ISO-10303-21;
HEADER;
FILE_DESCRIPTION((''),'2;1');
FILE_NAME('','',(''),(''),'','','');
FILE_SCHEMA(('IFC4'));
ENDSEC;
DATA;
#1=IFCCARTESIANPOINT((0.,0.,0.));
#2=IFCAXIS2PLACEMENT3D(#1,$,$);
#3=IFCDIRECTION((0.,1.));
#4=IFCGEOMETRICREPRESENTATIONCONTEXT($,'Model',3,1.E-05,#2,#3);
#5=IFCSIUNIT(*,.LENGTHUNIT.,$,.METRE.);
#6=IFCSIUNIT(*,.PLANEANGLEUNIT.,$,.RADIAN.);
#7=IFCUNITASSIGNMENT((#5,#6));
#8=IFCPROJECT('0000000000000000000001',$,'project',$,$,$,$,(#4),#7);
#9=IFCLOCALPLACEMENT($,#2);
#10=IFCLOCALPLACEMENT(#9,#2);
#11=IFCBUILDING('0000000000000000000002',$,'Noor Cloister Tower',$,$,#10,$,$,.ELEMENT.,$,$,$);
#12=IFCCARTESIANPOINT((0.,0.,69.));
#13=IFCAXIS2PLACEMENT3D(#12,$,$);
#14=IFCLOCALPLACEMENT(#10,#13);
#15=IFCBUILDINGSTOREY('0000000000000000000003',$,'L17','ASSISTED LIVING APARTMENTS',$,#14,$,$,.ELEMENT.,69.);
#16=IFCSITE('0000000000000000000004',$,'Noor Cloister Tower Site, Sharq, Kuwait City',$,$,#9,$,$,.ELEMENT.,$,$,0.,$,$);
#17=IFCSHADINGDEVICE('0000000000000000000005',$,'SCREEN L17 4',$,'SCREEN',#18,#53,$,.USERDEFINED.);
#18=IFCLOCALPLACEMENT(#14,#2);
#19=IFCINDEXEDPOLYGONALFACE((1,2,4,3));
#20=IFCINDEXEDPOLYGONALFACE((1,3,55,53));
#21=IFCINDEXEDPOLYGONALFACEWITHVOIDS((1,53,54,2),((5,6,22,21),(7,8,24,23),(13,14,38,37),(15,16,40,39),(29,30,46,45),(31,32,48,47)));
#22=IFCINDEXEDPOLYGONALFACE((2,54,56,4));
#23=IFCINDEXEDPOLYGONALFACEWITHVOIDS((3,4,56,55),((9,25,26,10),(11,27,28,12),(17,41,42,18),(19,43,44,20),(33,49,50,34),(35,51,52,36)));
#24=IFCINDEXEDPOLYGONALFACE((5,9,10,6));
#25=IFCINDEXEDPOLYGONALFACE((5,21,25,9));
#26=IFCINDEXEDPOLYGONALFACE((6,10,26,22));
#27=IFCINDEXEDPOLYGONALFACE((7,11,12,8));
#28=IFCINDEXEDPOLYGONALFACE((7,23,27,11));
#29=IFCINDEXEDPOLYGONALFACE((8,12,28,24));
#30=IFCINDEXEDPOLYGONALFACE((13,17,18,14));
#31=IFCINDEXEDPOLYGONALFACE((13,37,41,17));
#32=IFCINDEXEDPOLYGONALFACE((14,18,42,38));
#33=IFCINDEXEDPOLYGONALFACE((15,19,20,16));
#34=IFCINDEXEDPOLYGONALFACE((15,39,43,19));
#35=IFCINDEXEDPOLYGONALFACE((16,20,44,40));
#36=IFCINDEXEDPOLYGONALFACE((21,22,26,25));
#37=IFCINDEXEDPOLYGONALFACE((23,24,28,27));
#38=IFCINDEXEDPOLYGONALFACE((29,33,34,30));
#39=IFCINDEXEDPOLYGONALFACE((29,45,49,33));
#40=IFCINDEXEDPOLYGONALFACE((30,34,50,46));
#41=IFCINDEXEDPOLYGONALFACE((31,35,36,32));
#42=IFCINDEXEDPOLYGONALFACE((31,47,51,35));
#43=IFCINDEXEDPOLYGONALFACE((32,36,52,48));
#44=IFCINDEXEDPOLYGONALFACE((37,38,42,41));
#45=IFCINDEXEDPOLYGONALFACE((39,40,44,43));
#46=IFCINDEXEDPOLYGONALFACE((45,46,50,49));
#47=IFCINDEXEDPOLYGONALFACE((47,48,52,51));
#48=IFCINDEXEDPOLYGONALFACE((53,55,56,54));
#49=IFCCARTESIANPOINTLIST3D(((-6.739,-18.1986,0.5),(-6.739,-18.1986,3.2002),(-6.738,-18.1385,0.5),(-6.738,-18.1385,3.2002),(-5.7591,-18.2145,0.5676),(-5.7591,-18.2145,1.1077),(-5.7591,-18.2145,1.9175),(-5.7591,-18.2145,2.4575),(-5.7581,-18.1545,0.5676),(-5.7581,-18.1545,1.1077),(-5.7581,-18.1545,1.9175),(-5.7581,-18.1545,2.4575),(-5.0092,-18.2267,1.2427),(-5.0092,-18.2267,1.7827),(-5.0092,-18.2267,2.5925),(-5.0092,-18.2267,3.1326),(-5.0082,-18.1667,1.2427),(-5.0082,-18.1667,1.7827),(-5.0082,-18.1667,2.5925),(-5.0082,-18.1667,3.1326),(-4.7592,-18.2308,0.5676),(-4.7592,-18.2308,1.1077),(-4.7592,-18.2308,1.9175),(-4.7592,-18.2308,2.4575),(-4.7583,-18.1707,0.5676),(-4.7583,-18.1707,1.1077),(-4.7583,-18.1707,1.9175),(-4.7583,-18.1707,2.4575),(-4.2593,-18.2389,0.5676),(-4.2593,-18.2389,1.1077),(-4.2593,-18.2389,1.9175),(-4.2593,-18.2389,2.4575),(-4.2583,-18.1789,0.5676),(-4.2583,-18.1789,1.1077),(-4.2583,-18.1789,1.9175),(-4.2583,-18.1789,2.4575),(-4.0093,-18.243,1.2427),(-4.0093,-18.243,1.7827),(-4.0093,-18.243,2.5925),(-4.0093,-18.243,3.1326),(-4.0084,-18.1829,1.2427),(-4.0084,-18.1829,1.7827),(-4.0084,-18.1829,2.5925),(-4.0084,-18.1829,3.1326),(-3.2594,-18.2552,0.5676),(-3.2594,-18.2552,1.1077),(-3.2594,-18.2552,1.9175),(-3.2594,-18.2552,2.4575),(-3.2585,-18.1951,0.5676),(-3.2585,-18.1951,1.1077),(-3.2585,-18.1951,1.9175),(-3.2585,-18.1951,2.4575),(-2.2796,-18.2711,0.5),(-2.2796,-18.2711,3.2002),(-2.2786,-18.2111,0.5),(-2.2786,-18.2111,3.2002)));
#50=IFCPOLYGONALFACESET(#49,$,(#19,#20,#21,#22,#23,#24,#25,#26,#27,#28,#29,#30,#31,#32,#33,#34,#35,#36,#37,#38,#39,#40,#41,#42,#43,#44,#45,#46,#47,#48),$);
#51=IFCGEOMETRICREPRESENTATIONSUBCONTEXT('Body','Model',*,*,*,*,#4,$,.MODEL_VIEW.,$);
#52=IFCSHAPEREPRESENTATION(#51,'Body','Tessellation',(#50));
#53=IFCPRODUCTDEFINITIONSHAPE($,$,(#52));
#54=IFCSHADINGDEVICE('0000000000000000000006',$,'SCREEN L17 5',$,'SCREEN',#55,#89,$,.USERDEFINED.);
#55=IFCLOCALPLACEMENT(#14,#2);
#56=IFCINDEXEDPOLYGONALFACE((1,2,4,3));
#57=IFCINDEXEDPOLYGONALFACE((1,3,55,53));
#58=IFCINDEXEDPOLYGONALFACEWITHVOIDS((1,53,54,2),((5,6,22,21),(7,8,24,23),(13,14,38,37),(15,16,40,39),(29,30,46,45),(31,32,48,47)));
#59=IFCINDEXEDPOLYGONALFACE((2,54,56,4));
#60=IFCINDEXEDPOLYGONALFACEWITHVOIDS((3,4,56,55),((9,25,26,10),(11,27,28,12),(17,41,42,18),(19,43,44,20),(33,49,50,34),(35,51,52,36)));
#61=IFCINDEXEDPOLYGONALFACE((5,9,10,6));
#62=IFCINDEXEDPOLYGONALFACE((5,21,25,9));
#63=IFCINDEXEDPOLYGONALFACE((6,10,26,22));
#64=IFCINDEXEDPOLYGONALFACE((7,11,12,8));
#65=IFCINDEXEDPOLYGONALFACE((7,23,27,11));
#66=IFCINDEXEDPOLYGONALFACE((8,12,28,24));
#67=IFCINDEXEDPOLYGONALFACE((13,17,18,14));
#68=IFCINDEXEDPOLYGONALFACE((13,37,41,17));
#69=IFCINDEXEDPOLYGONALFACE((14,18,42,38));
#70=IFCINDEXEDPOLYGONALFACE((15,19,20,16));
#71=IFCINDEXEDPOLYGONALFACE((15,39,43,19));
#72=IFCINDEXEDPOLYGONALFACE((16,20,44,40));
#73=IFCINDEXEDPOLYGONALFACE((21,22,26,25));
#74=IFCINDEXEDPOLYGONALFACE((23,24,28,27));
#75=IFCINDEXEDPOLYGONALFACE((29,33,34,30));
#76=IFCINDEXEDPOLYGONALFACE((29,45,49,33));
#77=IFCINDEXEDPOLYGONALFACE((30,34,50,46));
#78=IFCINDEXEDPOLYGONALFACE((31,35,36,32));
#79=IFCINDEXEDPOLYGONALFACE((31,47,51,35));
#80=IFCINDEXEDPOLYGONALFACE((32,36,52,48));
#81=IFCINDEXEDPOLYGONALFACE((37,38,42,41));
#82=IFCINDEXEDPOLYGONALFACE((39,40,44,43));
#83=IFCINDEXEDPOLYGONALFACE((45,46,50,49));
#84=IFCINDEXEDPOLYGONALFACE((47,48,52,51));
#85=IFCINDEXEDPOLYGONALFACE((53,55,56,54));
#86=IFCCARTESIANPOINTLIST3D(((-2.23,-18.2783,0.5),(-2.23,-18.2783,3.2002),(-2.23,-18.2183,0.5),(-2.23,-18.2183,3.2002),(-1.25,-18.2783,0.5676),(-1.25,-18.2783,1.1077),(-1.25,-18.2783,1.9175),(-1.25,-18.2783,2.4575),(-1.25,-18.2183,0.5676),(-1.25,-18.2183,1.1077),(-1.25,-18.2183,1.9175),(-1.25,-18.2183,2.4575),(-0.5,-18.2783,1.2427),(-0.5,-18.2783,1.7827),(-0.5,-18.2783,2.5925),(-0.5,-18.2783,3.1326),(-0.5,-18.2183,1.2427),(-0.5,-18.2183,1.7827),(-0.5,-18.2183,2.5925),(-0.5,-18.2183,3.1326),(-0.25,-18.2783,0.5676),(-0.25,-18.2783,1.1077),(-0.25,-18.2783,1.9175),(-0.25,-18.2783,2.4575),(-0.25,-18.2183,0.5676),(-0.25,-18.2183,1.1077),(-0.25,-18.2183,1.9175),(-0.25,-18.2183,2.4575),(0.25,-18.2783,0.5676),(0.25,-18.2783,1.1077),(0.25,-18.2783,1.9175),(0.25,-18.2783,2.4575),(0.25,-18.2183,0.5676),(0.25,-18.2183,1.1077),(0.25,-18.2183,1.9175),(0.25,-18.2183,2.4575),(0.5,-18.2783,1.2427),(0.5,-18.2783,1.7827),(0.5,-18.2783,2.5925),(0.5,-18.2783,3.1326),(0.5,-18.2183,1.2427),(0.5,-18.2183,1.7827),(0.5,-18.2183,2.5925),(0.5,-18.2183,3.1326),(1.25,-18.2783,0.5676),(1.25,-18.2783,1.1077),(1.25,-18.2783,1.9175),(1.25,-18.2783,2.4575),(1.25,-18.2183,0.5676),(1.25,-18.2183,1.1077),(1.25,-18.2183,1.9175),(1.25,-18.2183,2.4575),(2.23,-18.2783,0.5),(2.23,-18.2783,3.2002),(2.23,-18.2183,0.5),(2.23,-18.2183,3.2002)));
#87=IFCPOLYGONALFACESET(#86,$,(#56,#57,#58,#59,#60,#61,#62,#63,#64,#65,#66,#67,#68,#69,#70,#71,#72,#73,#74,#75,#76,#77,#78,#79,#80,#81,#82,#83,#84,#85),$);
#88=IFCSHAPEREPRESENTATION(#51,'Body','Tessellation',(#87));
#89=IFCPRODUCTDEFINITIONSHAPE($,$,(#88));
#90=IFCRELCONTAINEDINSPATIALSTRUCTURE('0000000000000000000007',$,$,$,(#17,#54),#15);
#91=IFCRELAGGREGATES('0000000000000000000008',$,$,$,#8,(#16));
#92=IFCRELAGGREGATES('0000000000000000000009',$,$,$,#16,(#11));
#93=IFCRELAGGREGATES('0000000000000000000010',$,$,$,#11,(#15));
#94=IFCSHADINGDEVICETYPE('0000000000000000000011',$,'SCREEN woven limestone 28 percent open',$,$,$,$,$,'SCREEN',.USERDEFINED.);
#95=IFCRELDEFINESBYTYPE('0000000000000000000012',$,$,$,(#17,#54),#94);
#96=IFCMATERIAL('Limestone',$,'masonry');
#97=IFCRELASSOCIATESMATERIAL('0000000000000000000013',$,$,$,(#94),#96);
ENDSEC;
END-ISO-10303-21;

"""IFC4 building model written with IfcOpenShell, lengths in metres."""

from ifc_helpers import new_model, si_unit, direction, frame, origin, place, context, subcontext, project, spatial, polyline, outline, extrude, material, material_profile, profile_set, type_object, element, save


model = new_model("IFC4")

# Units and contexts
model_context = context("Model", 3, precision=1e-05, world=origin(), true_north=direction((0.0, 1.0)))
body_context = subcontext(model_context, "Body", "Model", "MODEL_VIEW")
ifc_project = project(units=[si_unit("LENGTHUNIT", "METRE"), si_unit("PLANEANGLEUNIT", "RADIAN")], contexts=[model_context])

# Site, building, storey
site_placement = place(None, origin())
site = spatial("IfcSite", under=ifc_project, at=site_placement, Name="Noor Cloister Tower Site, Sharq, Kuwait City", CompositionType="ELEMENT", RefElevation=0.0)
building_placement = place(site_placement, origin())
building = spatial("IfcBuilding", under=site, at=building_placement, Name="Noor Cloister Tower", CompositionType="ELEMENT")
storey_placement = place(building_placement, frame((0.0, 0.0, 69.0)))
storey = spatial("IfcBuildingStorey", under=building, at=storey_placement, Name="L17", Description="ASSISTED LIVING APARTMENTS", CompositionType="ELEMENT", Elevation=69.0)

# Shading devices
ifc_material_1 = material(Name="Limestone", Category="masonry")
ifc_material_profile_1 = material_profile(ifc_material_1, outline(polyline([(-2.23, -1.3501), (2.23, -1.3501), (2.23, 1.3501), (-2.23, 1.3501), (-2.23, -1.3501)]), holes=[polyline([(-1.25, -1.2825), (-0.25, -1.2825), (-0.25, -0.7424), (-1.25, -0.7424), (-1.25, -1.2825)]), polyline([(0.25, -1.2825), (1.25, -1.2825), (1.25, -0.7424), (0.25, -0.7424), (0.25, -1.2825)]), polyline([(-0.5, -0.6074), (0.5, -0.6074), (0.5, -0.0674), (-0.5, -0.0674), (-0.5, -0.6074)]), polyline([(-1.25, 0.0674), (-0.25, 0.0674), (-0.25, 0.6074), (-1.25, 0.6074), (-1.25, 0.0674)]), polyline([(0.25, 0.0674), (1.25, 0.0674), (1.25, 0.6074), (0.25, 0.6074), (0.25, 0.0674)]), polyline([(-0.5, 0.7424), (0.5, 0.7424), (0.5, 1.2825), (-0.5, 1.2825), (-0.5, 0.7424)])]), Name="Woven screen 28 percent open")
ifc_profile_set_1 = profile_set([ifc_material_profile_1], Name="Limestone")
shading_device_type = type_object("IfcShadingDeviceType", Name="SCREEN woven limestone 28 percent open", ElementType="SCREEN", PredefinedType="USERDEFINED", material=ifc_profile_set_1)
for number, where, z_axis, x_axis, name in (
    (1, (-4.5083, -18.1748, 1.8501), (-0.016258, -0.999868, 0.0), (0.999868, -0.016258, 0.0), "SCREEN L17 4"),
    (2, (0.0, -18.2183, 1.8501), (0.0, -1.0, 0.0), (1.0, 0.0, 0.0), "SCREEN L17 5"),
):
    element("IfcShadingDevice", number, at=place(storey_placement, frame(where, z_axis=z_axis, x_axis=x_axis)), inside=storey, type_object=shading_device_type, Name=name, ObjectType="SCREEN", PredefinedType="USERDEFINED", context=body_context, shape_type="SweptSolid", body=[
        extrude(outline(polyline([(-2.23, -1.3501), (2.23, -1.3501), (2.23, 1.3501), (-2.23, 1.3501), (-2.23, -1.3501)]), holes=[polyline([(-1.25, -1.2825), (-0.25, -1.2825), (-0.25, -0.7424), (-1.25, -0.7424), (-1.25, -1.2825)]), polyline([(0.25, -1.2825), (1.25, -1.2825), (1.25, -0.7424), (0.25, -0.7424), (0.25, -1.2825)]), polyline([(-0.5, -0.6074), (0.5, -0.6074), (0.5, -0.0674), (-0.5, -0.0674), (-0.5, -0.6074)]), polyline([(-1.25, 0.0674), (-0.25, 0.0674), (-0.25, 0.6074), (-1.25, 0.6074), (-1.25, 0.0674)]), polyline([(0.25, 0.0674), (1.25, 0.0674), (1.25, 0.6074), (0.25, 0.6074), (0.25, 0.0674)]), polyline([(-0.5, 0.7424), (0.5, 0.7424), (0.5, 1.2825), (-0.5, 1.2825), (-0.5, 0.7424)])]), origin(), (0.0, 0.0, 1.0), 0.0601),
    ])

save(model, "model.ifc")
